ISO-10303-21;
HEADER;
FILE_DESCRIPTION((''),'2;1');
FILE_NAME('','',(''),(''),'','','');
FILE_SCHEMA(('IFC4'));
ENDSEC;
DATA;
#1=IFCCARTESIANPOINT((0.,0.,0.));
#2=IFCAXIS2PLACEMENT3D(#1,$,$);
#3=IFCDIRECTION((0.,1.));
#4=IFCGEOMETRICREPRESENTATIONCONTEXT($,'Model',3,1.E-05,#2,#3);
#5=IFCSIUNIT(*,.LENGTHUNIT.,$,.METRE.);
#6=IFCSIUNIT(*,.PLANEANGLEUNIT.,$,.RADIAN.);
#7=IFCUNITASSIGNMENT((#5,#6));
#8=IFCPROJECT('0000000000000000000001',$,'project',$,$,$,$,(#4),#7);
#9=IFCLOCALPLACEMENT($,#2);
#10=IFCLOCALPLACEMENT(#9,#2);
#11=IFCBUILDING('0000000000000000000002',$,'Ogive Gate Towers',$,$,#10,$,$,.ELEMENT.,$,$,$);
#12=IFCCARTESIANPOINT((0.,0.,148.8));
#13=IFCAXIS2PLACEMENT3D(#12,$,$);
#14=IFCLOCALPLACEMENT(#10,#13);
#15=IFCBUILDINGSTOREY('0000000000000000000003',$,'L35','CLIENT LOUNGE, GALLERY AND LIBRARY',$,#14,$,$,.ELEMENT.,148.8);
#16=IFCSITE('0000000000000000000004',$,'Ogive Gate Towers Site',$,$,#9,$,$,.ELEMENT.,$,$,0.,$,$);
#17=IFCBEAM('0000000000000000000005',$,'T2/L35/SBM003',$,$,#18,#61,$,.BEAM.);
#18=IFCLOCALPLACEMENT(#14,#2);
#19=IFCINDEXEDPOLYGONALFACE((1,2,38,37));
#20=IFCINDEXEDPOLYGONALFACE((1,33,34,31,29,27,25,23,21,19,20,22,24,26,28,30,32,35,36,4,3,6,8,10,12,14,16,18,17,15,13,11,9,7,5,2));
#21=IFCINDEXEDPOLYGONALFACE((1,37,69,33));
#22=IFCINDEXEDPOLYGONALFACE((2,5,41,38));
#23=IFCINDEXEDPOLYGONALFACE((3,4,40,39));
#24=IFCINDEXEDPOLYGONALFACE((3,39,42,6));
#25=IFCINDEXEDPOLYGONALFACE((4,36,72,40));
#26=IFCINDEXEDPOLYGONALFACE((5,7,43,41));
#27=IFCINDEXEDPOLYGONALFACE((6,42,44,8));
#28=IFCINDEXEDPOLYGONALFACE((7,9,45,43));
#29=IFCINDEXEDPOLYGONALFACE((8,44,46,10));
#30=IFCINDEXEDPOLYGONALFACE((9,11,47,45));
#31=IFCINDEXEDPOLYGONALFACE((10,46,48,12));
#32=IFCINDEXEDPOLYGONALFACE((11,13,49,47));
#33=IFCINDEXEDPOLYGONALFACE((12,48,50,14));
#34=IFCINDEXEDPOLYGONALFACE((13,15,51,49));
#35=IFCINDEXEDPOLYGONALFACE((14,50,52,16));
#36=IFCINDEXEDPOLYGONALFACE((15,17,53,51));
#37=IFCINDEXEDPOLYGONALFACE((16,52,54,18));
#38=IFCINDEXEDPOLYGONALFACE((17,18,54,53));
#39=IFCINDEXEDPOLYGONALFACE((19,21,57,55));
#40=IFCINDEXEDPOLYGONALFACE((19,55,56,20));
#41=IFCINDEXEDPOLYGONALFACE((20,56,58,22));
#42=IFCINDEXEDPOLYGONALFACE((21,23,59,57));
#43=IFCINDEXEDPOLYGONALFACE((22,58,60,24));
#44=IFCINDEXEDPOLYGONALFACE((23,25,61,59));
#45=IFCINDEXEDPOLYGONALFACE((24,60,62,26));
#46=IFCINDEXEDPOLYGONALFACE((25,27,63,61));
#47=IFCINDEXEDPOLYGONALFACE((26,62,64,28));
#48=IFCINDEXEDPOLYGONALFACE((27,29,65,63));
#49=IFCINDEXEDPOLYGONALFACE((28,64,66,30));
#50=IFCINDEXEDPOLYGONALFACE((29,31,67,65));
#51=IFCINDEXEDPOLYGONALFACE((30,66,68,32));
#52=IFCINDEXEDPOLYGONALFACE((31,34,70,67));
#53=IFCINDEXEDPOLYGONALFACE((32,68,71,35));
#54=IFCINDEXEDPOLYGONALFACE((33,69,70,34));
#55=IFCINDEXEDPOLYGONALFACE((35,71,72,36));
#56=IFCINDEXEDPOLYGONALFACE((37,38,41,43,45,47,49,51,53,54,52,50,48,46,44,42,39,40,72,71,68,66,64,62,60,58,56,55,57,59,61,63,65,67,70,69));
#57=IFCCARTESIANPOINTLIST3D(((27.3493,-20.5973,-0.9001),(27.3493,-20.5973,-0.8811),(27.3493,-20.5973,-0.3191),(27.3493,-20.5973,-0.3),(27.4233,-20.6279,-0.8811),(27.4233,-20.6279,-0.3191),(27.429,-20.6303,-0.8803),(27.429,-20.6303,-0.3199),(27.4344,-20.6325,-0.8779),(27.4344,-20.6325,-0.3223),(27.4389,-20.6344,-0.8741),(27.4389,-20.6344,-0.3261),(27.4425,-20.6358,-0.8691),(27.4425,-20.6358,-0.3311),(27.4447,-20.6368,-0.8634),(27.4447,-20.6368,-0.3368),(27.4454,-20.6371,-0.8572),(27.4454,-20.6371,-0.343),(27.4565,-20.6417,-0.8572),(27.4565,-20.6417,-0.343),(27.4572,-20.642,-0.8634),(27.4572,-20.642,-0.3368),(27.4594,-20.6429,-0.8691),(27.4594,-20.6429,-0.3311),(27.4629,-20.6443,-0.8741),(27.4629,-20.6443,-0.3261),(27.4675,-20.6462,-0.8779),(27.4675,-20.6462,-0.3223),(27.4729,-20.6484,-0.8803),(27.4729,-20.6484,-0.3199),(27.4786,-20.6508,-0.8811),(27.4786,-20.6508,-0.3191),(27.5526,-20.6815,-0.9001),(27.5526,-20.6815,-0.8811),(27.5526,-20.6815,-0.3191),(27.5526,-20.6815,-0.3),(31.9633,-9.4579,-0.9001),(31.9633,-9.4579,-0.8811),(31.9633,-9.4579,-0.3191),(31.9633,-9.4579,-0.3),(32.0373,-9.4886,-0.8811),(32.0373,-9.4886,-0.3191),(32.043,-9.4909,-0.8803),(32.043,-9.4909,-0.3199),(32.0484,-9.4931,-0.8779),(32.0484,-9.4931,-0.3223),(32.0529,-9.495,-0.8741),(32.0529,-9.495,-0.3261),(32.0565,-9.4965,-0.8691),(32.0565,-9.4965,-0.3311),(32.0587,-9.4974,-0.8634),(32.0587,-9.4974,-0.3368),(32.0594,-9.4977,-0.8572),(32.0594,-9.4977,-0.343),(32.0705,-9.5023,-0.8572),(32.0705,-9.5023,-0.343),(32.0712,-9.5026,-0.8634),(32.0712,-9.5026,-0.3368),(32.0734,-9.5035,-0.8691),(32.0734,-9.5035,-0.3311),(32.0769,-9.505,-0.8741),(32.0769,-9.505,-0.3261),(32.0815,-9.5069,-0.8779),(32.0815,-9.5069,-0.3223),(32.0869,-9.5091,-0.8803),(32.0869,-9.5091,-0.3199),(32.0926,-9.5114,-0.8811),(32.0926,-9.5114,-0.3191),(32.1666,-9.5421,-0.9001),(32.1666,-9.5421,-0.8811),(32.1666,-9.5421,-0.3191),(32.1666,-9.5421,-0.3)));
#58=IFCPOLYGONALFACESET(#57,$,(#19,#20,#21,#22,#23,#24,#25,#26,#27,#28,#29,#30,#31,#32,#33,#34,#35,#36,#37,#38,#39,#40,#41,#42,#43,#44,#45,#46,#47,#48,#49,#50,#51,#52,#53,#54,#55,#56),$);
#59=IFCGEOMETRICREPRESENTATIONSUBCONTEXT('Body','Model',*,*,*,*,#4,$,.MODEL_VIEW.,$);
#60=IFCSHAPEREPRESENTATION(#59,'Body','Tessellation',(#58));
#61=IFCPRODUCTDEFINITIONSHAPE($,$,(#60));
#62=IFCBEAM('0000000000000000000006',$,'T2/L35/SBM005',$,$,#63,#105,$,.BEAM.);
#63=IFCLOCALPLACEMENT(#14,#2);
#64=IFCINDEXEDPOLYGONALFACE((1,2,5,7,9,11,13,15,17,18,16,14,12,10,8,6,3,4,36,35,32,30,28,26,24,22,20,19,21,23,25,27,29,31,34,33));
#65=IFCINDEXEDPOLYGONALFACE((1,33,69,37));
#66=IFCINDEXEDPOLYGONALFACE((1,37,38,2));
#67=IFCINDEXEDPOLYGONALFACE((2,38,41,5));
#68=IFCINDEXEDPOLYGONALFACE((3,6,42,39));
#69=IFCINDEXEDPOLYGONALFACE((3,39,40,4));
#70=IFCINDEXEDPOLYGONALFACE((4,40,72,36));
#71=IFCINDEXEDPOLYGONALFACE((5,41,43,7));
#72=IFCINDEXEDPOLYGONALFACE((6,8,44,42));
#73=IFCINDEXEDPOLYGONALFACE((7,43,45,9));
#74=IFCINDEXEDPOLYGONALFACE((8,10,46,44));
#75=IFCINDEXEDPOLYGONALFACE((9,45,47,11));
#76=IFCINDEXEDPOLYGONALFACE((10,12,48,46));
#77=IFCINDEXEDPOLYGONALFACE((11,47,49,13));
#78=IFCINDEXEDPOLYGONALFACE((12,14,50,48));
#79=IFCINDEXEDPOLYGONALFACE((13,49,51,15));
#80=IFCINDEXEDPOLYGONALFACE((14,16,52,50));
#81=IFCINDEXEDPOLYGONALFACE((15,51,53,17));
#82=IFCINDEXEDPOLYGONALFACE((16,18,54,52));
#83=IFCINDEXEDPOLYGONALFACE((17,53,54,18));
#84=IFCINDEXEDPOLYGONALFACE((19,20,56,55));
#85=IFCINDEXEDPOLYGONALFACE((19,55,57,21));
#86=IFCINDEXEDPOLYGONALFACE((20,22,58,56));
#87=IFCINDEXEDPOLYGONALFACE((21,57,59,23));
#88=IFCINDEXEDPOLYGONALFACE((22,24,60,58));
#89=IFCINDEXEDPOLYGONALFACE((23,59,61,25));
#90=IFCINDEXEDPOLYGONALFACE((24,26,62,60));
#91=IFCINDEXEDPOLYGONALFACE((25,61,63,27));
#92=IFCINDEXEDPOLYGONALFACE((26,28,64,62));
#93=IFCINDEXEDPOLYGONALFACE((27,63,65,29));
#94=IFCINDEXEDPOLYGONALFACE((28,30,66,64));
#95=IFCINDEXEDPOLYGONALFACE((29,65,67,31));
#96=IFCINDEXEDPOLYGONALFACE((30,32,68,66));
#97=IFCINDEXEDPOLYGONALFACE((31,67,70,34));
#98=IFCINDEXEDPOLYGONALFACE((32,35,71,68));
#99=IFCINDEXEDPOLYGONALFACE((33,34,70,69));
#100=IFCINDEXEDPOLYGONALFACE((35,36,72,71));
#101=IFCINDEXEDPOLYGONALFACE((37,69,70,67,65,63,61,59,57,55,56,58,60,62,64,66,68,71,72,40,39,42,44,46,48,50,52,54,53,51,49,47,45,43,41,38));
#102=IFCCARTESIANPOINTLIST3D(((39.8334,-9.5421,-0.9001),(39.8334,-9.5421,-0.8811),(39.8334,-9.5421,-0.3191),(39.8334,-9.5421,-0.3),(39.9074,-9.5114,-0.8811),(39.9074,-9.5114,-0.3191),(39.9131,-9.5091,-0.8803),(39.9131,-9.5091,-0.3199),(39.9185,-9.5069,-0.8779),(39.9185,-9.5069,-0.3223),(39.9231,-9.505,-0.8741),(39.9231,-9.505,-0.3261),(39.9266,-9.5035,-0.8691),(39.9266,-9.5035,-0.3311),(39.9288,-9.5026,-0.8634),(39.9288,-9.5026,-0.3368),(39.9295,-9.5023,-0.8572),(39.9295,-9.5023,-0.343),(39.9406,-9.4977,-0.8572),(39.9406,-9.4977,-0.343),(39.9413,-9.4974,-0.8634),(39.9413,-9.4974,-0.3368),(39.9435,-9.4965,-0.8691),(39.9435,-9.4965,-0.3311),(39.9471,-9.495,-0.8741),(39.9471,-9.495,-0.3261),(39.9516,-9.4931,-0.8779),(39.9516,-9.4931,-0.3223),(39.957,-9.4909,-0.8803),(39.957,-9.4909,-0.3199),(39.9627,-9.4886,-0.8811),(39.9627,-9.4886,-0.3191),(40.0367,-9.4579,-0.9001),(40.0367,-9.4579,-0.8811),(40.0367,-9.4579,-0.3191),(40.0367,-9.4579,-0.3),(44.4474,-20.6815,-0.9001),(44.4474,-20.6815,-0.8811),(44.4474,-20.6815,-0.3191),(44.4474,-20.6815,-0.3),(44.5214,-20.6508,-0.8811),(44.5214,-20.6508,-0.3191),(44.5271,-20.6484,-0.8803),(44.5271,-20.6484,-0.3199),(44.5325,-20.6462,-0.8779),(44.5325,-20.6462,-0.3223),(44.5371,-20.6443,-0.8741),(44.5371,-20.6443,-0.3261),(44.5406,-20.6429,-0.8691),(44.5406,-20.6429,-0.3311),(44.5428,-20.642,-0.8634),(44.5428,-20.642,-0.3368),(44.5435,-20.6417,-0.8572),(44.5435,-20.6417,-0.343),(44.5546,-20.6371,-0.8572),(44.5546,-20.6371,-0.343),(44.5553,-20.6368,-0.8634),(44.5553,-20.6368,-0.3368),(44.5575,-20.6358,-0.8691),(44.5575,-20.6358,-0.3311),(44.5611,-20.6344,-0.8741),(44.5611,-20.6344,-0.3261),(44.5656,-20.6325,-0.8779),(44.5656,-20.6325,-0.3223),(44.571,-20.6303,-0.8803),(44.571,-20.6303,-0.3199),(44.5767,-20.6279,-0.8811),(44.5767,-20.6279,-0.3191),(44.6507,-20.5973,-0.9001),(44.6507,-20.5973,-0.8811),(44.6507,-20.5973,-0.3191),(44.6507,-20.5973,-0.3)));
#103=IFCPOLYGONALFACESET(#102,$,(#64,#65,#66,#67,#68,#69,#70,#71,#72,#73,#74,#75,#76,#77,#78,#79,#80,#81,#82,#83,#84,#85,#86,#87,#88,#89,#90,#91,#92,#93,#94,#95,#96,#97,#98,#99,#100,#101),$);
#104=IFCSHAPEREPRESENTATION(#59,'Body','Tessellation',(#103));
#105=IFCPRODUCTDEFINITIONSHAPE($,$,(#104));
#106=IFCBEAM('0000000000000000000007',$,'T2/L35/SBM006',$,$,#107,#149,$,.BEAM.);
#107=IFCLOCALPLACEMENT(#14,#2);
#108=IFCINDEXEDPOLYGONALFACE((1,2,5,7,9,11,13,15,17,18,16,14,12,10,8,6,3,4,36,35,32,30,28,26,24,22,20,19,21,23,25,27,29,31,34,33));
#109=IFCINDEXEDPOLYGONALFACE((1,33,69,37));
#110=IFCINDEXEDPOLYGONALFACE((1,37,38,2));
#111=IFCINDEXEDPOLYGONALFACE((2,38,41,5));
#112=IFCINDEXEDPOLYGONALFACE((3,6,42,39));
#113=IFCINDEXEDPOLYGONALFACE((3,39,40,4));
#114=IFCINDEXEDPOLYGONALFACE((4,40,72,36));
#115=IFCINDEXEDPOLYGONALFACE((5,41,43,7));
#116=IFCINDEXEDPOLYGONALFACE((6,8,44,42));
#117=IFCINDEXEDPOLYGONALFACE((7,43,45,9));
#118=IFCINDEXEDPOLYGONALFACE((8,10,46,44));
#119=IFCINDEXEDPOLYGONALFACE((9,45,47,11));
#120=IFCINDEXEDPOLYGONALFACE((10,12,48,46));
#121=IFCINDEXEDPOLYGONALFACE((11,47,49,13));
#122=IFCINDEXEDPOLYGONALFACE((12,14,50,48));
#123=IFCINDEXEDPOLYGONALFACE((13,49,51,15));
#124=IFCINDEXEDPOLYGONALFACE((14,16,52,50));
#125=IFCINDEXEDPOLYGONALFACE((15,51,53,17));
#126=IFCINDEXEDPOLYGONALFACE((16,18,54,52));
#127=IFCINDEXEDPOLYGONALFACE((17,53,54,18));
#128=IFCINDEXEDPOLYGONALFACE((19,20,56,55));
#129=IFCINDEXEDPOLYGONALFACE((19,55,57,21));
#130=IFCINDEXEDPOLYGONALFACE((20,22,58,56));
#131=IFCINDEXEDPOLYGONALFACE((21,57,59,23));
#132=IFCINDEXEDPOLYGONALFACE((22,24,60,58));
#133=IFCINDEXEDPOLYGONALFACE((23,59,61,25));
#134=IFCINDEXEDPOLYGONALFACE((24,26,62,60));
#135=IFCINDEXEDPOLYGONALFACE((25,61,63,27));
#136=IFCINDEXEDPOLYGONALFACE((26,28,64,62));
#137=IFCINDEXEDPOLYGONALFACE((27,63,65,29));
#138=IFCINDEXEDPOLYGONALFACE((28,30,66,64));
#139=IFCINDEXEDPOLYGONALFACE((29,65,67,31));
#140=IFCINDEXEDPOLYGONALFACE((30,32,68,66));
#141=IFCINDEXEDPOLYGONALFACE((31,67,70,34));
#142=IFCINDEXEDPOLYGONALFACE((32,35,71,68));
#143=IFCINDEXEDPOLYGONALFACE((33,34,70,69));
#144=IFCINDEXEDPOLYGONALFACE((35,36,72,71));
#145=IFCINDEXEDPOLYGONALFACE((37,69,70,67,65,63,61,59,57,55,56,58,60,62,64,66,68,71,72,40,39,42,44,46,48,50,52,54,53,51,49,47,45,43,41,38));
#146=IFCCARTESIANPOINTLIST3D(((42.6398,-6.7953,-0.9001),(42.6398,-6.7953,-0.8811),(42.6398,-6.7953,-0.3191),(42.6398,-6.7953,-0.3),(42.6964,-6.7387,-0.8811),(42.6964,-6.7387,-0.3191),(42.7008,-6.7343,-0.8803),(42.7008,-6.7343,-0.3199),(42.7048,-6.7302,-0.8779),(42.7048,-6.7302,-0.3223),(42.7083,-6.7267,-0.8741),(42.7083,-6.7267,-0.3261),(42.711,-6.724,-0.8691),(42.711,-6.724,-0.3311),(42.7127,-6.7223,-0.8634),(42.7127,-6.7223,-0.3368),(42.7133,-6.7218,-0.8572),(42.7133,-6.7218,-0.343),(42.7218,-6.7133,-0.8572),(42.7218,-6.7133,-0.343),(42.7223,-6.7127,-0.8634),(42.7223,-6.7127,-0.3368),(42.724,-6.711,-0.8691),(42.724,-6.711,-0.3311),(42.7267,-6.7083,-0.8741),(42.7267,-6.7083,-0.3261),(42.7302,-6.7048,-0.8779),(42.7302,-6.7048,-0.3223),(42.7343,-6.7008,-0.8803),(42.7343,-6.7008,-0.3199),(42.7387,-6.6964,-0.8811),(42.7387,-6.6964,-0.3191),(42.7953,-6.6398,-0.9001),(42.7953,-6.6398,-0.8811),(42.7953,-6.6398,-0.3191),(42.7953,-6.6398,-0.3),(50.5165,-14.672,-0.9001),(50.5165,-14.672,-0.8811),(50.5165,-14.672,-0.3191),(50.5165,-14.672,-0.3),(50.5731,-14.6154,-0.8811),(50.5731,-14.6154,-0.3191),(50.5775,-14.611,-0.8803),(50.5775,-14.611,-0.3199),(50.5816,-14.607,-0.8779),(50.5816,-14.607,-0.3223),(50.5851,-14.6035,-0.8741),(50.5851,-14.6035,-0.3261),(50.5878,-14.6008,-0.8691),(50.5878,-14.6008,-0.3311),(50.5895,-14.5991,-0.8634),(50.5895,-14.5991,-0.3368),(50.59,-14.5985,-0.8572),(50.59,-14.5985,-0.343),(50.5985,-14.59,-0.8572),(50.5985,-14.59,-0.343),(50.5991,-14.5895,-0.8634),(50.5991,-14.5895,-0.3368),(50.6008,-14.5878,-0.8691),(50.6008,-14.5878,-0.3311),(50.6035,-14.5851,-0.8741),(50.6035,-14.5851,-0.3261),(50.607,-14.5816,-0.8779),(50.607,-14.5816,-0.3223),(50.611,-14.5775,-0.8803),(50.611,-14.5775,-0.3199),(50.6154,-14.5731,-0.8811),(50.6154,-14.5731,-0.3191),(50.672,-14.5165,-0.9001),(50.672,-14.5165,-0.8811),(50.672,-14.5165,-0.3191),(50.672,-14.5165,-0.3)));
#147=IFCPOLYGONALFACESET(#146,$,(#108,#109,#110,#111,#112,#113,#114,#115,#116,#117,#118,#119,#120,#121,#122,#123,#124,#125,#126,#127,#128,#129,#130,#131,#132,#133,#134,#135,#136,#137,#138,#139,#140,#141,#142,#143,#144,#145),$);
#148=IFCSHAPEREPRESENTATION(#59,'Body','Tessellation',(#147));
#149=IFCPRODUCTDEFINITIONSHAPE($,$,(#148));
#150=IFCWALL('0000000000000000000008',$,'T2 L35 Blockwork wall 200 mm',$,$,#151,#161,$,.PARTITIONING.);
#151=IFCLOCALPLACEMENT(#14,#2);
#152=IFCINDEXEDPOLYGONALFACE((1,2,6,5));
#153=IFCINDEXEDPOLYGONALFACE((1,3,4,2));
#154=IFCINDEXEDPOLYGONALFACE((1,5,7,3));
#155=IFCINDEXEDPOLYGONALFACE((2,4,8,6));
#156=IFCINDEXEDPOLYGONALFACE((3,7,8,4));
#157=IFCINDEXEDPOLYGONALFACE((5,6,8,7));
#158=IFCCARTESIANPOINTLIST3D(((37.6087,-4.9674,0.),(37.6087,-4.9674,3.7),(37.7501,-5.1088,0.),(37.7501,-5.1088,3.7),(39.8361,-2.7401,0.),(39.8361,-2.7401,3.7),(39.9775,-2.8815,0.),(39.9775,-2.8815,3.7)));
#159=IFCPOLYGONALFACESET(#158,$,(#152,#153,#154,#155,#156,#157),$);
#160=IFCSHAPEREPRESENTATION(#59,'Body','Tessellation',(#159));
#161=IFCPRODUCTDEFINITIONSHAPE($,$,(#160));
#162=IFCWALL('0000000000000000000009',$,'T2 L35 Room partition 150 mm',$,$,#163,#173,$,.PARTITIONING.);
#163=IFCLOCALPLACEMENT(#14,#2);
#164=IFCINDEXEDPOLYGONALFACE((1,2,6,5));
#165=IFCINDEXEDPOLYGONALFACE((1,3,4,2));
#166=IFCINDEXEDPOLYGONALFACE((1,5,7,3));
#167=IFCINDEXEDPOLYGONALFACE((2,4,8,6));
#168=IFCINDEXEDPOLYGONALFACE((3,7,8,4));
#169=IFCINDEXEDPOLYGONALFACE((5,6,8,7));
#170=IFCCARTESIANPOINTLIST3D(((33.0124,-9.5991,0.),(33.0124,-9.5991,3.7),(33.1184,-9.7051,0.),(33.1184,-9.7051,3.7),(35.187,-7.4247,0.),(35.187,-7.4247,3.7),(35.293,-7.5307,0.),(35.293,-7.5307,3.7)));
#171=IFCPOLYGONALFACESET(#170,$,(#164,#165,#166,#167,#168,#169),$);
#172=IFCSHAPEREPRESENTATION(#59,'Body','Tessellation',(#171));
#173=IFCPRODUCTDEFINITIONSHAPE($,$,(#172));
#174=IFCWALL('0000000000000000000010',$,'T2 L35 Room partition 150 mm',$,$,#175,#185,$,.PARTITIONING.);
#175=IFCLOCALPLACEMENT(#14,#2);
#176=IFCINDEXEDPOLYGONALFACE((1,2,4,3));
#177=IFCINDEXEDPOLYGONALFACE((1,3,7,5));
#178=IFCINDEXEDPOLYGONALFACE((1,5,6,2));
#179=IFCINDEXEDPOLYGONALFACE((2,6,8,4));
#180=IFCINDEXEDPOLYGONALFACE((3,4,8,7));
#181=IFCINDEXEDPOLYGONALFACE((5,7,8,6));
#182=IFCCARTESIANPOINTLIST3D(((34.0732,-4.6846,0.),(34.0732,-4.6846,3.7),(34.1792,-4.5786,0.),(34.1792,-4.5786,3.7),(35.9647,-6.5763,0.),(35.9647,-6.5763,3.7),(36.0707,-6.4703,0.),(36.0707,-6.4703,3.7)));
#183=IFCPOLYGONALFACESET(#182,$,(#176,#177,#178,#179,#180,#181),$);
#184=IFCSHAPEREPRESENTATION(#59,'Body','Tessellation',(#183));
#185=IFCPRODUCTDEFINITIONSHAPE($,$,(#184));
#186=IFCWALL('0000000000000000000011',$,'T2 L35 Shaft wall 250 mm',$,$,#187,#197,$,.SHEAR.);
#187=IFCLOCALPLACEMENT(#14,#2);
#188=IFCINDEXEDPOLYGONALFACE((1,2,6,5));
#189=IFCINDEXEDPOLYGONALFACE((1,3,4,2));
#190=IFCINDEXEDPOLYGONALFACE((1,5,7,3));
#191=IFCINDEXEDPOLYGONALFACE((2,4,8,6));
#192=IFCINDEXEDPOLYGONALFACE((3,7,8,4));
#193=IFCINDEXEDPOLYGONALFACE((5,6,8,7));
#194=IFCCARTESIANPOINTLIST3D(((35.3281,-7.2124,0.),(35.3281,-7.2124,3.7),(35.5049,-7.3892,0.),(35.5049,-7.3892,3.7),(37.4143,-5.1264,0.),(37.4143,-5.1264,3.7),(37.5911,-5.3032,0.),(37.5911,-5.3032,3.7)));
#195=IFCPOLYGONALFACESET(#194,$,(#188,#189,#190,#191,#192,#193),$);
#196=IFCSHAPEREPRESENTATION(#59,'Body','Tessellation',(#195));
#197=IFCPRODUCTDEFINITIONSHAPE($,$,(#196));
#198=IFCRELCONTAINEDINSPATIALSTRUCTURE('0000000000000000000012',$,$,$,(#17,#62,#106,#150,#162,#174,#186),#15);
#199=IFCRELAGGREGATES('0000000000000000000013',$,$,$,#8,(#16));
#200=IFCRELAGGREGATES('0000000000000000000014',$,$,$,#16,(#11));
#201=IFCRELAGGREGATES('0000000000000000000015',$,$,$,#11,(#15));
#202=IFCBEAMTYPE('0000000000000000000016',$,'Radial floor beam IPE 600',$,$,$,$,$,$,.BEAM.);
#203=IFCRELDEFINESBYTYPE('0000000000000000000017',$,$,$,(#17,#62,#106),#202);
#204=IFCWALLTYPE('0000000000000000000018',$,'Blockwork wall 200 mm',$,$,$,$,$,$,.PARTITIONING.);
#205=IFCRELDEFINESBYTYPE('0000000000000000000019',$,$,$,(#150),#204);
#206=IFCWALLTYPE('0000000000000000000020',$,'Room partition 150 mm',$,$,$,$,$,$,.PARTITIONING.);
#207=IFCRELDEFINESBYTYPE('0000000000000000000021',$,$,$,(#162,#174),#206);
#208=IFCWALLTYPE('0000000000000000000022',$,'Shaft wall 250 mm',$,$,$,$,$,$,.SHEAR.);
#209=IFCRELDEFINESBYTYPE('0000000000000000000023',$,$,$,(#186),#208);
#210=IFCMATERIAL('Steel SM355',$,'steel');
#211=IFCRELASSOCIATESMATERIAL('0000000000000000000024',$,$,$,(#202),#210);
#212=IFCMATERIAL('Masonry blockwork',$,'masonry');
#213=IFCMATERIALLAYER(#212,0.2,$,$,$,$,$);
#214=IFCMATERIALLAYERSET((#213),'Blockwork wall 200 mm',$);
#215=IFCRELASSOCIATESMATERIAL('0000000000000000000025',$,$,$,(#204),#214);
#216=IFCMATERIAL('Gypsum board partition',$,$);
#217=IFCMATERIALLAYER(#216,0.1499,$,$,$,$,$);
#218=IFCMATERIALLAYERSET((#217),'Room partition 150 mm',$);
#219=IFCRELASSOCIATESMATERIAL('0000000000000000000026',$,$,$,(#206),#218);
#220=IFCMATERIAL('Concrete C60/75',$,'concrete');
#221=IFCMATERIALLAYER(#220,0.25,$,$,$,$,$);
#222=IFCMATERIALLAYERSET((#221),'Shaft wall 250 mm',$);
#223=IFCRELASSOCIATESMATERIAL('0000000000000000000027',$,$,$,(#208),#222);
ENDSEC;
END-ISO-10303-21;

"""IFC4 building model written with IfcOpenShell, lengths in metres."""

from ifc_helpers import new_model, si_unit, direction, frame, frame_2d, origin, origin_2d, place, context, subcontext, project, spatial, rectangle, i_section, extrude, material, layer, layer_set, material_profile, profile_set, type_object, element, save


model = new_model("IFC4")

# Units and contexts
model_context = context("Model", 3, precision=1e-05, world=origin(), true_north=direction((0.0, 1.0)))
body_context = subcontext(model_context, "Body", "Model", "MODEL_VIEW")
ifc_project = project(units=[si_unit("LENGTHUNIT", "METRE"), si_unit("PLANEANGLEUNIT", "RADIAN")], contexts=[model_context])

# Site, building, storey
site_placement = place(None, origin())
site = spatial("IfcSite", under=ifc_project, at=site_placement, Name="Ogive Gate Towers Site", CompositionType="ELEMENT", RefElevation=0.0)
building_placement = place(site_placement, origin())
building = spatial("IfcBuilding", under=site, at=building_placement, Name="Ogive Gate Towers", CompositionType="ELEMENT")
storey_placement = place(building_placement, frame((0.0, 0.0, 148.8)))
storey = spatial("IfcBuildingStorey", under=building, at=storey_placement, Name="L35", Description="CLIENT LOUNGE, GALLERY AND LIBRARY", CompositionType="ELEMENT", Elevation=148.8)

# Beams
ifc_material_1 = material(Name="Steel SM355", Category="steel")
ifc_material_profile = material_profile(ifc_material_1, i_section(OverallWidth=0.22, OverallDepth=0.6001, WebThickness=0.012, FlangeThickness=0.019, FilletRadius=0.0239, at=origin_2d()), Name="IPE 600")
ifc_profile_set = profile_set([ifc_material_profile], Name="Steel SM355")
beam_type = type_object("IfcBeamType", Name="Radial floor beam IPE 600", PredefinedType="BEAM", material=ifc_profile_set)
for number, where, z_axis, x_axis, name in (
    (1, (32.0649, -9.5, -0.6001), (-0.382678, -0.923882, 0.0), (0.923882, -0.382678, 0.0), "T2/L35/SBM003"),
    (2, (39.9351, -9.5, -0.6001), (0.382678, -0.923882, 0.0), (0.923882, 0.382678, 0.0), "T2/L35/SBM005"),
):
    element("IfcBeam", number, at=place(storey_placement, frame(where, z_axis=z_axis, x_axis=x_axis)), inside=storey, type_object=beam_type, Name=name, PredefinedType="BEAM", context=body_context, shape_type="SweptSolid", body=[
        extrude(i_section(OverallWidth=0.22, OverallDepth=0.6001, WebThickness=0.012, FlangeThickness=0.019, FilletRadius=0.0239, at=origin_2d()), origin(), (0.0, 0.0, 1.0), 12.0571),
    ])
beam_placement = place(storey_placement, frame((42.7175, -6.7175, -0.6001), z_axis=(0.707107, -0.707107, 0.0), x_axis=(0.707107, 0.707107, 0.0)))
element("IfcBeam", 3, at=beam_placement, inside=storey, type_object=beam_type, Name="T2/L35/SBM006", PredefinedType="BEAM", context=body_context, shape_type="SweptSolid", body=[
    extrude(i_section(OverallWidth=0.22, OverallDepth=0.6001, WebThickness=0.012, FlangeThickness=0.019, FilletRadius=0.0239, at=origin_2d()), origin(), (0.0, 0.0, 1.0), 11.1394),
])

# Walls
ifc_material_2 = material(Name="Masonry blockwork", Category="masonry")
ifc_layer_1 = layer(ifc_material_2, 0.2)
ifc_layer_set_1 = layer_set([ifc_layer_1], Name="Blockwork wall 200 mm")
wall_type_1 = type_object("IfcWallType", Name="Blockwork wall 200 mm", PredefinedType="PARTITIONING", material=ifc_layer_set_1)
wall_1_placement = place(storey_placement, frame((37.6794, -5.0381, 0.0), z_axis=(0.0, 0.0, 1.0), x_axis=(0.707107, 0.707107, 0.0)))
element("IfcWall", 4, at=wall_1_placement, inside=storey, type_object=wall_type_1, Name="T2 L35 Blockwork wall 200 mm", PredefinedType="PARTITIONING", context=body_context, shape_type="SweptSolid", body=[
    extrude(rectangle(XDim=3.1499, YDim=0.2, at=frame_2d((1.575, 0.0))), origin(), (0.0, 0.0, 1.0), 3.7),
])
ifc_material_3 = material(Name="Gypsum board partition")
ifc_layer_2 = layer(ifc_material_3, 0.1499)
ifc_layer_set_2 = layer_set([ifc_layer_2], Name="Room partition 150 mm")
wall_type_2 = type_object("IfcWallType", Name="Room partition 150 mm", PredefinedType="PARTITIONING", material=ifc_layer_set_2)
wall_2_placement = place(storey_placement, frame((33.0654, -9.6521, 0.0), z_axis=(0.0, 0.0, 1.0), x_axis=(0.707146, 0.707067, 0.0)))
element("IfcWall", 5, at=wall_2_placement, inside=storey, type_object=wall_type_2, Name="T2 L35 Room partition 150 mm", PredefinedType="PARTITIONING", context=body_context, shape_type="SweptSolid", body=[
    extrude(rectangle(XDim=3.0752, YDim=0.1499, at=frame_2d((1.5376, 0.0))), origin(), (0.0, 0.0, 1.0), 3.7),
])
wall_3_placement = place(storey_placement, frame((36.0176, -6.5232, 0.0), z_axis=(0.0, 0.0, 1.0), x_axis=(-0.707061, 0.707152, 0.0)))
element("IfcWall", 6, at=wall_3_placement, inside=storey, type_object=wall_type_2, Name="T2 L35 Room partition 150 mm", PredefinedType="PARTITIONING", context=body_context, shape_type="SweptSolid", body=[
    extrude(rectangle(XDim=2.675, YDim=0.1499, at=frame_2d((1.3374, 0.0))), origin(), (0.0, 0.0, 1.0), 3.7),
])
ifc_material_4 = material(Name="Concrete C60/75", Category="concrete")
ifc_layer_3 = layer(ifc_material_4, 0.25)
ifc_layer_set_3 = layer_set([ifc_layer_3], Name="Shaft wall 250 mm")
wall_type_3 = type_object("IfcWallType", Name="Shaft wall 250 mm", PredefinedType="SHEAR", material=ifc_layer_set_3)
wall_4_placement = place(storey_placement, frame((35.4165, -7.3008, 0.0), z_axis=(0.0, 0.0, 1.0), x_axis=(0.707148, 0.707065, 0.0)))
element("IfcWall", 7, at=wall_4_placement, inside=storey, type_object=wall_type_3, Name="T2 L35 Shaft wall 250 mm", PredefinedType="SHEAR", context=body_context, shape_type="SweptSolid", body=[
    extrude(rectangle(XDim=2.9502, YDim=0.25, at=frame_2d((1.4751, 0.0))), origin(), (0.0, 0.0, 1.0), 3.7),
])

save(model, "model.ifc")
